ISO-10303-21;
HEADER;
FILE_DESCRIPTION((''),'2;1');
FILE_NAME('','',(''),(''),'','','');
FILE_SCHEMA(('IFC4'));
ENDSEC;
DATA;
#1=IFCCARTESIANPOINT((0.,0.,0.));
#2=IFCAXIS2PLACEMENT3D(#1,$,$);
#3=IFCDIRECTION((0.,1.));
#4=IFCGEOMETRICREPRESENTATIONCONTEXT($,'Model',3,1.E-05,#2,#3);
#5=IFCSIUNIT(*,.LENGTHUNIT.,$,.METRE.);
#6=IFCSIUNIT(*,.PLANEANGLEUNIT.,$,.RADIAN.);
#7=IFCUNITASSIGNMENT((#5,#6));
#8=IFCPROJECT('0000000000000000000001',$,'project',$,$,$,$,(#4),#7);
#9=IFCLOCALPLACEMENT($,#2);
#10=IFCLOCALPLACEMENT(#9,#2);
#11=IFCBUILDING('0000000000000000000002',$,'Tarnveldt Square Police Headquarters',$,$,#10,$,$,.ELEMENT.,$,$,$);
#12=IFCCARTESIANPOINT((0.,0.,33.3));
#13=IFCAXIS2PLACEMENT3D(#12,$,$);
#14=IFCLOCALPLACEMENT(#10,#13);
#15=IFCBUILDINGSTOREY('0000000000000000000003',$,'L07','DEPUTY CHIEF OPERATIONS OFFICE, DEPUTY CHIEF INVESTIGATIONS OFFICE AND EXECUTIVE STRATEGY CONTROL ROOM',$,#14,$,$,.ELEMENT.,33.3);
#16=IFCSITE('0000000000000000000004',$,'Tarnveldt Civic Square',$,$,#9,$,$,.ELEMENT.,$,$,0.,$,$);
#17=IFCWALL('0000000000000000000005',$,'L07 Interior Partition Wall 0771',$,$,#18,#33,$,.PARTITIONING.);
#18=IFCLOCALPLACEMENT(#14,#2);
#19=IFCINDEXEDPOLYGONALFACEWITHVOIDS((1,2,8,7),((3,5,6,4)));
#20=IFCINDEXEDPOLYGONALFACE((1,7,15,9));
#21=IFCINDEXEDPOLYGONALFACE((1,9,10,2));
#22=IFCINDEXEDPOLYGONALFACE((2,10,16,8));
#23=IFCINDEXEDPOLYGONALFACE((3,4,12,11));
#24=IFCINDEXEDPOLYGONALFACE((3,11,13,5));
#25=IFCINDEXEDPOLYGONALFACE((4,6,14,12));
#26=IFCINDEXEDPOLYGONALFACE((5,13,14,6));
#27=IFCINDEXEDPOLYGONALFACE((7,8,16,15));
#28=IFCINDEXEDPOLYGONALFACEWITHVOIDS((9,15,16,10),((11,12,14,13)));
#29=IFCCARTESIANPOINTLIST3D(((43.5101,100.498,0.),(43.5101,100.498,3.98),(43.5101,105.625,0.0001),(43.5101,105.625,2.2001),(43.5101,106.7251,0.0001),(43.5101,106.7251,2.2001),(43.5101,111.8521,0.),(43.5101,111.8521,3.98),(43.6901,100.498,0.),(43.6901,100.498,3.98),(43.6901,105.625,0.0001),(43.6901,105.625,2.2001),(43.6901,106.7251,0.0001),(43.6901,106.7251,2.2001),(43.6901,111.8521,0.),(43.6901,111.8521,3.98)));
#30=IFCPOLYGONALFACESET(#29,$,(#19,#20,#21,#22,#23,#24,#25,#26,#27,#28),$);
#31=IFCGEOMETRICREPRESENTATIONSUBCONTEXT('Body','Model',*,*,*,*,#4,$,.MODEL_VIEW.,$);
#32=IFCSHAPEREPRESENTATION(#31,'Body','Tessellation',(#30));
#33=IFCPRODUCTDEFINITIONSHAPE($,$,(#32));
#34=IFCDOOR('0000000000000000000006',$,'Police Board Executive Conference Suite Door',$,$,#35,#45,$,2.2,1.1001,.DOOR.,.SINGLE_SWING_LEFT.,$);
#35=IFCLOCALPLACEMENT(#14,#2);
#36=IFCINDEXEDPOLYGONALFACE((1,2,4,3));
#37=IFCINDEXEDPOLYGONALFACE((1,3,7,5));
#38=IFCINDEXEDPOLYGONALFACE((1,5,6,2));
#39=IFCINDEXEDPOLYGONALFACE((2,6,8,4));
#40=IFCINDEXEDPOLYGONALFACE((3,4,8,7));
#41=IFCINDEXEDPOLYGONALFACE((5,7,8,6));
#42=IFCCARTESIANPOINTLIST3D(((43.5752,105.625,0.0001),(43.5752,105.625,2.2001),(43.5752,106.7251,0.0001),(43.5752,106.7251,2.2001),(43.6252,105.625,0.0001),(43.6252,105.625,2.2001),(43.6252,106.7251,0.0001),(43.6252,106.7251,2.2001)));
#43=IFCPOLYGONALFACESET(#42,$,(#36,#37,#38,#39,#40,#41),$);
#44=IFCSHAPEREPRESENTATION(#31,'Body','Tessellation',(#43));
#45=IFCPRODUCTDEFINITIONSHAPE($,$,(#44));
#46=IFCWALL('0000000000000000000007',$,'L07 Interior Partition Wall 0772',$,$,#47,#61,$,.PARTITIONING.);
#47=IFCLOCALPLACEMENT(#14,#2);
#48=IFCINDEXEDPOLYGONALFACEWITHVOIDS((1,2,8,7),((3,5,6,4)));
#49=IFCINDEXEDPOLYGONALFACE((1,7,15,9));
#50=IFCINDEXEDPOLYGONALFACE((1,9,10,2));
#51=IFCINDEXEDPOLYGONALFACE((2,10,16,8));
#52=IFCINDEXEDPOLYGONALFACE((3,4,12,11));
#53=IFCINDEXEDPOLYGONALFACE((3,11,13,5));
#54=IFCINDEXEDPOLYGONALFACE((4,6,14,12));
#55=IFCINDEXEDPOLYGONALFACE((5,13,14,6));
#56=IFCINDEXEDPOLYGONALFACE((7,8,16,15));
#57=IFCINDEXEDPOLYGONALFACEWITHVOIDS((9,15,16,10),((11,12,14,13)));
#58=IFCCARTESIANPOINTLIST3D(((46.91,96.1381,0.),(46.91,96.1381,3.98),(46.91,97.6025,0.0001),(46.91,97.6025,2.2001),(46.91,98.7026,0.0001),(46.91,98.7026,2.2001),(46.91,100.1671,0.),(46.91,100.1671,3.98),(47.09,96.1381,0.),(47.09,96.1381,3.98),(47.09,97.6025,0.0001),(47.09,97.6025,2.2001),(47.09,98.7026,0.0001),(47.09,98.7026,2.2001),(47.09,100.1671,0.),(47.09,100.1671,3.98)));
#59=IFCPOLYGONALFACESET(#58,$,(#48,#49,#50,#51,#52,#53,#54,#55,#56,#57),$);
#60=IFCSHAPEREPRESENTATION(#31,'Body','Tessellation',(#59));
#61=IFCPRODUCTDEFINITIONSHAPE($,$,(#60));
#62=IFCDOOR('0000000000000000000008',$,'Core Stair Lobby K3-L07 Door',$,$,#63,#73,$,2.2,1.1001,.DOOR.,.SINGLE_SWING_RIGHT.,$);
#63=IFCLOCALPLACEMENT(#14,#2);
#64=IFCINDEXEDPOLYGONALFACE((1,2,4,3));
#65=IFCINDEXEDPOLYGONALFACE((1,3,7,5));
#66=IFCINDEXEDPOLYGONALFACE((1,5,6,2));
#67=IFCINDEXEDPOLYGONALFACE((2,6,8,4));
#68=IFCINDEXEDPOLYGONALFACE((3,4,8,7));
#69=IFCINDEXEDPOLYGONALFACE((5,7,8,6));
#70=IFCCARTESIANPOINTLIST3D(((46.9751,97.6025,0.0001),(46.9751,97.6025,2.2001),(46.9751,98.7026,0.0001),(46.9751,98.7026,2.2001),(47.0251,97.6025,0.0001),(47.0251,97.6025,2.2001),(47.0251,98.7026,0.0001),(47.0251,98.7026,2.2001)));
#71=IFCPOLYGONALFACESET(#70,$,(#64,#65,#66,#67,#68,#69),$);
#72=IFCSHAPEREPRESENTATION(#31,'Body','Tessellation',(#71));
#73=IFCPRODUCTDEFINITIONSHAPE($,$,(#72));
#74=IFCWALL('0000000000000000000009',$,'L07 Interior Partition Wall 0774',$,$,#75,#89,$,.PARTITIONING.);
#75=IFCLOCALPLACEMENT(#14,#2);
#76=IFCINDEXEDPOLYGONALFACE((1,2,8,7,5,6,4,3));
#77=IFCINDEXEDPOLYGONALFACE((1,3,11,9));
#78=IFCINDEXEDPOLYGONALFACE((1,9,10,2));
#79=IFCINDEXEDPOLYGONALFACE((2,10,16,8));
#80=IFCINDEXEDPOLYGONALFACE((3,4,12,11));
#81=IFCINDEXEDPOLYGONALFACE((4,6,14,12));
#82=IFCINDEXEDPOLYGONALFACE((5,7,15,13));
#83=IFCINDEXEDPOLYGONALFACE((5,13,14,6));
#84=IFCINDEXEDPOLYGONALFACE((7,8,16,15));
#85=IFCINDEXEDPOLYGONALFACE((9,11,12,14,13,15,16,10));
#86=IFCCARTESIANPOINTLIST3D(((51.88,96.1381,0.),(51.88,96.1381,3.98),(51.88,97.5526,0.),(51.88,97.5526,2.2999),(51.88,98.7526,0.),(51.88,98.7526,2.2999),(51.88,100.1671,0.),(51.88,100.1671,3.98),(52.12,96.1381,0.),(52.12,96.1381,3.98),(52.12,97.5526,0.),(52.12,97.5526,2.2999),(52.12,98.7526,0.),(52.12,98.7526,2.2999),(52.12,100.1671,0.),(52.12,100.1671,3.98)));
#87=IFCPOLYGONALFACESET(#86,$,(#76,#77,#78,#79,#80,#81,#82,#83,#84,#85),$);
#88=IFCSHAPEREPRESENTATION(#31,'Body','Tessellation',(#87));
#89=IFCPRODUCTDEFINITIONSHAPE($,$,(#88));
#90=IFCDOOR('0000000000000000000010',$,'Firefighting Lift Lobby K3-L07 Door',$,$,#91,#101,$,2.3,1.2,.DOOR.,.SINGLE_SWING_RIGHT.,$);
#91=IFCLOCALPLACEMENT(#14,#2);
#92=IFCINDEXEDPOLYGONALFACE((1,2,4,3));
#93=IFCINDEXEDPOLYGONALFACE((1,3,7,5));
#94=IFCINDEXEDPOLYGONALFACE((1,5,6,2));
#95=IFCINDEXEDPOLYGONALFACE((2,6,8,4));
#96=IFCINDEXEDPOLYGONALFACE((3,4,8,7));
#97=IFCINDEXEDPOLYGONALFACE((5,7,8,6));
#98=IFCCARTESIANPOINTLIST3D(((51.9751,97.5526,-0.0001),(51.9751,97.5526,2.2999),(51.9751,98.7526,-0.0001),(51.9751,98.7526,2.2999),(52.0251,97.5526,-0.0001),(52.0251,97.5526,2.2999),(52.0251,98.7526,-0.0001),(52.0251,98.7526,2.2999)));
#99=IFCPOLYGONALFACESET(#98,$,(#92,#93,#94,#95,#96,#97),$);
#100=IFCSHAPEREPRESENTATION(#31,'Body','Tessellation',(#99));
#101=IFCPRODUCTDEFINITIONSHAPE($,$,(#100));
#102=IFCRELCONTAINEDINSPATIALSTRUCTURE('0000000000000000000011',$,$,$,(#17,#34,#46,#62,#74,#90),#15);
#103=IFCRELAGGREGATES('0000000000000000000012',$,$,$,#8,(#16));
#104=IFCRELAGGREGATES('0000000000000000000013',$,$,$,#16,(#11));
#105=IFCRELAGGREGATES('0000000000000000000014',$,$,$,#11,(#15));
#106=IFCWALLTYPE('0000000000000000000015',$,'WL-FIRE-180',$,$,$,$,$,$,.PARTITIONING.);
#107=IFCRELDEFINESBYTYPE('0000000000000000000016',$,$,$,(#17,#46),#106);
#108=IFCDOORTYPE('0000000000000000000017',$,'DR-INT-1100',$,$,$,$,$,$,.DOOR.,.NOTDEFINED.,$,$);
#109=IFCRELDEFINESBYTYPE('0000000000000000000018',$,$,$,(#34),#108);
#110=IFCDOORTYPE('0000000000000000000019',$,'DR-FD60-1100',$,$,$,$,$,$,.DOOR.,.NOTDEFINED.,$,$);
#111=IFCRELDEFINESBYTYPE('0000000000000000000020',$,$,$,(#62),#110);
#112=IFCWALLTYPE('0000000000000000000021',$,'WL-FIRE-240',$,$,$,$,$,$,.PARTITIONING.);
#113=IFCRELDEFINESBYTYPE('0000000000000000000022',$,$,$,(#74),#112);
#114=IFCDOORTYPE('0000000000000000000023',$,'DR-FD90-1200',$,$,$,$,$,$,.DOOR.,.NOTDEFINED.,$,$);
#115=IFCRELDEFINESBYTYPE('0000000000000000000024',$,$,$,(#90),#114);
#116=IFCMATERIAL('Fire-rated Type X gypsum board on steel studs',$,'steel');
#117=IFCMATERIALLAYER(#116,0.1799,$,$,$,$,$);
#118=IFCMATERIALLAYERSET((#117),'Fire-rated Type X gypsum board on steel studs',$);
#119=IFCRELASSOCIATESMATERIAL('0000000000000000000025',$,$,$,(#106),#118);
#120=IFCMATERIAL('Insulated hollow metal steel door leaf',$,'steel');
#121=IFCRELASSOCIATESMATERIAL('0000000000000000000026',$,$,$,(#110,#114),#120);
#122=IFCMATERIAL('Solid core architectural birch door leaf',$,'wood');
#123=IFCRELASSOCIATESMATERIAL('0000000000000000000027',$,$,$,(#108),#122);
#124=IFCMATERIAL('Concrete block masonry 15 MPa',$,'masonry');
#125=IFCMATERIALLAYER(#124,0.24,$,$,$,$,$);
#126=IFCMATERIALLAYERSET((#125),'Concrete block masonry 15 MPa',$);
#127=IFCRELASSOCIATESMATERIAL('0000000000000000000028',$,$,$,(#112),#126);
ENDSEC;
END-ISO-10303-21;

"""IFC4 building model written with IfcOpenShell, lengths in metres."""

from ifc_helpers import new_model, si_unit, direction, frame, frame_2d, origin, place, context, subcontext, project, spatial, rectangle, extrude, material, layer, layer_set, type_object, element, fill, save


model = new_model("IFC4")

# Units and contexts
model_context = context("Model", 3, precision=1e-05, world=origin(), true_north=direction((0.0, 1.0)))
body_context = subcontext(model_context, "Body", "Model", "MODEL_VIEW")
ifc_project = project(units=[si_unit("LENGTHUNIT", "METRE"), si_unit("PLANEANGLEUNIT", "RADIAN")], contexts=[model_context])

# Site, building, storey
site_placement = place(None, origin())
site = spatial("IfcSite", under=ifc_project, at=site_placement, Name="Tarnveldt Civic Square", CompositionType="ELEMENT", RefElevation=0.0)
building_placement = place(site_placement, origin())
building = spatial("IfcBuilding", under=site, at=building_placement, Name="Tarnveldt Square Police Headquarters", CompositionType="ELEMENT")
storey_placement = place(building_placement, frame((0.0, 0.0, 33.3)))
storey = spatial("IfcBuildingStorey", under=building, at=storey_placement, Name="L07", Description="DEPUTY CHIEF OPERATIONS OFFICE, DEPUTY CHIEF INVESTIGATIONS OFFICE AND EXECUTIVE STRATEGY CONTROL ROOM", CompositionType="ELEMENT", Elevation=33.3)

# Shared definitions
ifc_material_1 = material(Name="Insulated hollow metal steel door leaf", Category="steel")

# Walls, openings, doors
ifc_material_2 = material(Name="Fire-rated Type X gypsum board on steel studs", Category="steel")
ifc_layer_1 = layer(ifc_material_2, 0.1799)
ifc_layer_set_1 = layer_set([ifc_layer_1], Name="Fire-rated Type X gypsum board on steel studs")
wall_type_1 = type_object("IfcWallType", Name="WL-FIRE-180", PredefinedType="PARTITIONING", material=ifc_layer_set_1)
door_type_1 = type_object("IfcDoorType", Name="DR-FD60-1100", OperationType="NOTDEFINED", PredefinedType="DOOR", material=ifc_material_1)
wall_1_placement = place(storey_placement, frame((43.6001, 100.498, 0.0), z_axis=(0.0, 0.0, 1.0), x_axis=(0.0, 1.0, 0.0)))
wall_1 = element("IfcWall", 1, at=wall_1_placement, inside=storey, type_object=wall_type_1, Name="L07 Interior Partition Wall 0771", PredefinedType="PARTITIONING", context=body_context, shape_type="SweptSolid", body=[
    extrude(rectangle(XDim=11.354, YDim=0.1799, at=frame_2d((5.677, 0.0))), origin(), (0.0, 0.0, 1.0), 3.98),
])
opening_1_placement = place(wall_1_placement, frame((5.127, 0.0, 0.0)))
opening_1 = element("IfcOpeningElement", 2, at=opening_1_placement, cuts=wall_1, PredefinedType="OPENING", context=body_context, shape_type="SweptSolid", body=[
    extrude(rectangle(XDim=1.1001, YDim=2.2, at=frame_2d((0.55, 1.1001))), frame((0.0, 0.0999, 0.0), z_axis=(0.0, -1.0, 0.0), x_axis=(1.0, 0.0, 0.0)), (0.0, 0.0, 1.0), 0.2),
])
ifc_material_3 = material(Name="Solid core architectural birch door leaf", Category="wood")
door_type_2 = type_object("IfcDoorType", Name="DR-INT-1100", OperationType="NOTDEFINED", PredefinedType="DOOR", material=ifc_material_3)
door_1_placement = place(opening_1_placement, origin())
door_1 = element("IfcDoor", 3, at=door_1_placement, inside=storey, type_object=door_type_2, Name="Police Board Executive Conference Suite Door", OperationType="SINGLE_SWING_LEFT", OverallHeight=2.2, OverallWidth=1.1001, PredefinedType="DOOR", context=body_context, shape_type="SweptSolid", body=[
    extrude(rectangle(XDim=1.1001, YDim=2.2, at=frame_2d((0.55, 1.1001))), frame((0.0, 0.0249, 0.0), z_axis=(0.0, -1.0, 0.0), x_axis=(1.0, 0.0, 0.0)), (0.0, 0.0, 1.0), 0.05),
])
fill(opening_1, door_1)
wall_2_placement = place(storey_placement, frame((47.0, 96.1379, 0.0), z_axis=(0.0, 0.0, 1.0), x_axis=(0.0, 1.0, 0.0)))
wall_2 = element("IfcWall", 4, at=wall_2_placement, inside=storey, type_object=wall_type_1, Name="L07 Interior Partition Wall 0772", PredefinedType="PARTITIONING", context=body_context, shape_type="SweptSolid", body=[
    extrude(rectangle(XDim=4.0291, YDim=0.1799, at=frame_2d((2.0146, 0.0))), origin(), (0.0, 0.0, 1.0), 3.98),
])
opening_2_placement = place(wall_2_placement, frame((1.4646, 0.0, 0.0)))
opening_2 = element("IfcOpeningElement", 5, at=opening_2_placement, cuts=wall_2, PredefinedType="OPENING", context=body_context, shape_type="SweptSolid", body=[
    extrude(rectangle(XDim=1.1001, YDim=2.2, at=frame_2d((0.55, 1.1001))), frame((0.0, 0.0999, 0.0), z_axis=(0.0, -1.0, 0.0), x_axis=(1.0, 0.0, 0.0)), (0.0, 0.0, 1.0), 0.2),
])
door_2_placement = place(opening_2_placement, origin())
door_2 = element("IfcDoor", 6, at=door_2_placement, inside=storey, type_object=door_type_1, Name="Core Stair Lobby K3-L07 Door", OperationType="SINGLE_SWING_RIGHT", OverallHeight=2.2, OverallWidth=1.1001, PredefinedType="DOOR", context=body_context, shape_type="SweptSolid", body=[
    extrude(rectangle(XDim=1.1001, YDim=2.2, at=frame_2d((0.55, 1.1001))), frame((0.0, 0.0249, 0.0), z_axis=(0.0, -1.0, 0.0), x_axis=(1.0, 0.0, 0.0)), (0.0, 0.0, 1.0), 0.05),
])
fill(opening_2, door_2)
ifc_material_4 = material(Name="Concrete block masonry 15 MPa", Category="masonry")
ifc_layer_2 = layer(ifc_material_4, 0.24)
ifc_layer_set_2 = layer_set([ifc_layer_2], Name="Concrete block masonry 15 MPa")
wall_type_2 = type_object("IfcWallType", Name="WL-FIRE-240", PredefinedType="PARTITIONING", material=ifc_layer_set_2)
wall_3_placement = place(storey_placement, frame((52.0, 96.1379, 0.0), z_axis=(0.0, 0.0, 1.0), x_axis=(0.0, 1.0, 0.0)))
wall_3 = element("IfcWall", 7, at=wall_3_placement, inside=storey, type_object=wall_type_2, Name="L07 Interior Partition Wall 0774", PredefinedType="PARTITIONING", context=body_context, shape_type="SweptSolid", body=[
    extrude(rectangle(XDim=4.0291, YDim=0.24, at=frame_2d((2.0146, 0.0))), origin(), (0.0, 0.0, 1.0), 3.98),
])
opening_3_placement = place(wall_3_placement, frame((1.4146, 0.0, 0.0)))
opening_3 = element("IfcOpeningElement", 8, at=opening_3_placement, cuts=wall_3, PredefinedType="OPENING", context=body_context, shape_type="SweptSolid", body=[
    extrude(rectangle(XDim=1.2, YDim=2.3, at=frame_2d((0.6001, 1.1499))), frame((0.0, 0.1299, 0.0), z_axis=(0.0, -1.0, 0.0), x_axis=(1.0, 0.0, 0.0)), (0.0, 0.0, 1.0), 0.26),
])
door_type_3 = type_object("IfcDoorType", Name="DR-FD90-1200", OperationType="NOTDEFINED", PredefinedType="DOOR", material=ifc_material_1)
door_3_placement = place(opening_3_placement, origin())
door_3 = element("IfcDoor", 9, at=door_3_placement, inside=storey, type_object=door_type_3, Name="Firefighting Lift Lobby K3-L07 Door", OperationType="SINGLE_SWING_RIGHT", OverallHeight=2.3, OverallWidth=1.2, PredefinedType="DOOR", context=body_context, shape_type="SweptSolid", body=[
    extrude(rectangle(XDim=1.2, YDim=2.3, at=frame_2d((0.6001, 1.1499))), frame((0.0, 0.0249, 0.0), z_axis=(0.0, -1.0, 0.0), x_axis=(1.0, 0.0, 0.0)), (0.0, 0.0, 1.0), 0.05),
])
fill(opening_3, door_3)

save(model, "model.ifc")
